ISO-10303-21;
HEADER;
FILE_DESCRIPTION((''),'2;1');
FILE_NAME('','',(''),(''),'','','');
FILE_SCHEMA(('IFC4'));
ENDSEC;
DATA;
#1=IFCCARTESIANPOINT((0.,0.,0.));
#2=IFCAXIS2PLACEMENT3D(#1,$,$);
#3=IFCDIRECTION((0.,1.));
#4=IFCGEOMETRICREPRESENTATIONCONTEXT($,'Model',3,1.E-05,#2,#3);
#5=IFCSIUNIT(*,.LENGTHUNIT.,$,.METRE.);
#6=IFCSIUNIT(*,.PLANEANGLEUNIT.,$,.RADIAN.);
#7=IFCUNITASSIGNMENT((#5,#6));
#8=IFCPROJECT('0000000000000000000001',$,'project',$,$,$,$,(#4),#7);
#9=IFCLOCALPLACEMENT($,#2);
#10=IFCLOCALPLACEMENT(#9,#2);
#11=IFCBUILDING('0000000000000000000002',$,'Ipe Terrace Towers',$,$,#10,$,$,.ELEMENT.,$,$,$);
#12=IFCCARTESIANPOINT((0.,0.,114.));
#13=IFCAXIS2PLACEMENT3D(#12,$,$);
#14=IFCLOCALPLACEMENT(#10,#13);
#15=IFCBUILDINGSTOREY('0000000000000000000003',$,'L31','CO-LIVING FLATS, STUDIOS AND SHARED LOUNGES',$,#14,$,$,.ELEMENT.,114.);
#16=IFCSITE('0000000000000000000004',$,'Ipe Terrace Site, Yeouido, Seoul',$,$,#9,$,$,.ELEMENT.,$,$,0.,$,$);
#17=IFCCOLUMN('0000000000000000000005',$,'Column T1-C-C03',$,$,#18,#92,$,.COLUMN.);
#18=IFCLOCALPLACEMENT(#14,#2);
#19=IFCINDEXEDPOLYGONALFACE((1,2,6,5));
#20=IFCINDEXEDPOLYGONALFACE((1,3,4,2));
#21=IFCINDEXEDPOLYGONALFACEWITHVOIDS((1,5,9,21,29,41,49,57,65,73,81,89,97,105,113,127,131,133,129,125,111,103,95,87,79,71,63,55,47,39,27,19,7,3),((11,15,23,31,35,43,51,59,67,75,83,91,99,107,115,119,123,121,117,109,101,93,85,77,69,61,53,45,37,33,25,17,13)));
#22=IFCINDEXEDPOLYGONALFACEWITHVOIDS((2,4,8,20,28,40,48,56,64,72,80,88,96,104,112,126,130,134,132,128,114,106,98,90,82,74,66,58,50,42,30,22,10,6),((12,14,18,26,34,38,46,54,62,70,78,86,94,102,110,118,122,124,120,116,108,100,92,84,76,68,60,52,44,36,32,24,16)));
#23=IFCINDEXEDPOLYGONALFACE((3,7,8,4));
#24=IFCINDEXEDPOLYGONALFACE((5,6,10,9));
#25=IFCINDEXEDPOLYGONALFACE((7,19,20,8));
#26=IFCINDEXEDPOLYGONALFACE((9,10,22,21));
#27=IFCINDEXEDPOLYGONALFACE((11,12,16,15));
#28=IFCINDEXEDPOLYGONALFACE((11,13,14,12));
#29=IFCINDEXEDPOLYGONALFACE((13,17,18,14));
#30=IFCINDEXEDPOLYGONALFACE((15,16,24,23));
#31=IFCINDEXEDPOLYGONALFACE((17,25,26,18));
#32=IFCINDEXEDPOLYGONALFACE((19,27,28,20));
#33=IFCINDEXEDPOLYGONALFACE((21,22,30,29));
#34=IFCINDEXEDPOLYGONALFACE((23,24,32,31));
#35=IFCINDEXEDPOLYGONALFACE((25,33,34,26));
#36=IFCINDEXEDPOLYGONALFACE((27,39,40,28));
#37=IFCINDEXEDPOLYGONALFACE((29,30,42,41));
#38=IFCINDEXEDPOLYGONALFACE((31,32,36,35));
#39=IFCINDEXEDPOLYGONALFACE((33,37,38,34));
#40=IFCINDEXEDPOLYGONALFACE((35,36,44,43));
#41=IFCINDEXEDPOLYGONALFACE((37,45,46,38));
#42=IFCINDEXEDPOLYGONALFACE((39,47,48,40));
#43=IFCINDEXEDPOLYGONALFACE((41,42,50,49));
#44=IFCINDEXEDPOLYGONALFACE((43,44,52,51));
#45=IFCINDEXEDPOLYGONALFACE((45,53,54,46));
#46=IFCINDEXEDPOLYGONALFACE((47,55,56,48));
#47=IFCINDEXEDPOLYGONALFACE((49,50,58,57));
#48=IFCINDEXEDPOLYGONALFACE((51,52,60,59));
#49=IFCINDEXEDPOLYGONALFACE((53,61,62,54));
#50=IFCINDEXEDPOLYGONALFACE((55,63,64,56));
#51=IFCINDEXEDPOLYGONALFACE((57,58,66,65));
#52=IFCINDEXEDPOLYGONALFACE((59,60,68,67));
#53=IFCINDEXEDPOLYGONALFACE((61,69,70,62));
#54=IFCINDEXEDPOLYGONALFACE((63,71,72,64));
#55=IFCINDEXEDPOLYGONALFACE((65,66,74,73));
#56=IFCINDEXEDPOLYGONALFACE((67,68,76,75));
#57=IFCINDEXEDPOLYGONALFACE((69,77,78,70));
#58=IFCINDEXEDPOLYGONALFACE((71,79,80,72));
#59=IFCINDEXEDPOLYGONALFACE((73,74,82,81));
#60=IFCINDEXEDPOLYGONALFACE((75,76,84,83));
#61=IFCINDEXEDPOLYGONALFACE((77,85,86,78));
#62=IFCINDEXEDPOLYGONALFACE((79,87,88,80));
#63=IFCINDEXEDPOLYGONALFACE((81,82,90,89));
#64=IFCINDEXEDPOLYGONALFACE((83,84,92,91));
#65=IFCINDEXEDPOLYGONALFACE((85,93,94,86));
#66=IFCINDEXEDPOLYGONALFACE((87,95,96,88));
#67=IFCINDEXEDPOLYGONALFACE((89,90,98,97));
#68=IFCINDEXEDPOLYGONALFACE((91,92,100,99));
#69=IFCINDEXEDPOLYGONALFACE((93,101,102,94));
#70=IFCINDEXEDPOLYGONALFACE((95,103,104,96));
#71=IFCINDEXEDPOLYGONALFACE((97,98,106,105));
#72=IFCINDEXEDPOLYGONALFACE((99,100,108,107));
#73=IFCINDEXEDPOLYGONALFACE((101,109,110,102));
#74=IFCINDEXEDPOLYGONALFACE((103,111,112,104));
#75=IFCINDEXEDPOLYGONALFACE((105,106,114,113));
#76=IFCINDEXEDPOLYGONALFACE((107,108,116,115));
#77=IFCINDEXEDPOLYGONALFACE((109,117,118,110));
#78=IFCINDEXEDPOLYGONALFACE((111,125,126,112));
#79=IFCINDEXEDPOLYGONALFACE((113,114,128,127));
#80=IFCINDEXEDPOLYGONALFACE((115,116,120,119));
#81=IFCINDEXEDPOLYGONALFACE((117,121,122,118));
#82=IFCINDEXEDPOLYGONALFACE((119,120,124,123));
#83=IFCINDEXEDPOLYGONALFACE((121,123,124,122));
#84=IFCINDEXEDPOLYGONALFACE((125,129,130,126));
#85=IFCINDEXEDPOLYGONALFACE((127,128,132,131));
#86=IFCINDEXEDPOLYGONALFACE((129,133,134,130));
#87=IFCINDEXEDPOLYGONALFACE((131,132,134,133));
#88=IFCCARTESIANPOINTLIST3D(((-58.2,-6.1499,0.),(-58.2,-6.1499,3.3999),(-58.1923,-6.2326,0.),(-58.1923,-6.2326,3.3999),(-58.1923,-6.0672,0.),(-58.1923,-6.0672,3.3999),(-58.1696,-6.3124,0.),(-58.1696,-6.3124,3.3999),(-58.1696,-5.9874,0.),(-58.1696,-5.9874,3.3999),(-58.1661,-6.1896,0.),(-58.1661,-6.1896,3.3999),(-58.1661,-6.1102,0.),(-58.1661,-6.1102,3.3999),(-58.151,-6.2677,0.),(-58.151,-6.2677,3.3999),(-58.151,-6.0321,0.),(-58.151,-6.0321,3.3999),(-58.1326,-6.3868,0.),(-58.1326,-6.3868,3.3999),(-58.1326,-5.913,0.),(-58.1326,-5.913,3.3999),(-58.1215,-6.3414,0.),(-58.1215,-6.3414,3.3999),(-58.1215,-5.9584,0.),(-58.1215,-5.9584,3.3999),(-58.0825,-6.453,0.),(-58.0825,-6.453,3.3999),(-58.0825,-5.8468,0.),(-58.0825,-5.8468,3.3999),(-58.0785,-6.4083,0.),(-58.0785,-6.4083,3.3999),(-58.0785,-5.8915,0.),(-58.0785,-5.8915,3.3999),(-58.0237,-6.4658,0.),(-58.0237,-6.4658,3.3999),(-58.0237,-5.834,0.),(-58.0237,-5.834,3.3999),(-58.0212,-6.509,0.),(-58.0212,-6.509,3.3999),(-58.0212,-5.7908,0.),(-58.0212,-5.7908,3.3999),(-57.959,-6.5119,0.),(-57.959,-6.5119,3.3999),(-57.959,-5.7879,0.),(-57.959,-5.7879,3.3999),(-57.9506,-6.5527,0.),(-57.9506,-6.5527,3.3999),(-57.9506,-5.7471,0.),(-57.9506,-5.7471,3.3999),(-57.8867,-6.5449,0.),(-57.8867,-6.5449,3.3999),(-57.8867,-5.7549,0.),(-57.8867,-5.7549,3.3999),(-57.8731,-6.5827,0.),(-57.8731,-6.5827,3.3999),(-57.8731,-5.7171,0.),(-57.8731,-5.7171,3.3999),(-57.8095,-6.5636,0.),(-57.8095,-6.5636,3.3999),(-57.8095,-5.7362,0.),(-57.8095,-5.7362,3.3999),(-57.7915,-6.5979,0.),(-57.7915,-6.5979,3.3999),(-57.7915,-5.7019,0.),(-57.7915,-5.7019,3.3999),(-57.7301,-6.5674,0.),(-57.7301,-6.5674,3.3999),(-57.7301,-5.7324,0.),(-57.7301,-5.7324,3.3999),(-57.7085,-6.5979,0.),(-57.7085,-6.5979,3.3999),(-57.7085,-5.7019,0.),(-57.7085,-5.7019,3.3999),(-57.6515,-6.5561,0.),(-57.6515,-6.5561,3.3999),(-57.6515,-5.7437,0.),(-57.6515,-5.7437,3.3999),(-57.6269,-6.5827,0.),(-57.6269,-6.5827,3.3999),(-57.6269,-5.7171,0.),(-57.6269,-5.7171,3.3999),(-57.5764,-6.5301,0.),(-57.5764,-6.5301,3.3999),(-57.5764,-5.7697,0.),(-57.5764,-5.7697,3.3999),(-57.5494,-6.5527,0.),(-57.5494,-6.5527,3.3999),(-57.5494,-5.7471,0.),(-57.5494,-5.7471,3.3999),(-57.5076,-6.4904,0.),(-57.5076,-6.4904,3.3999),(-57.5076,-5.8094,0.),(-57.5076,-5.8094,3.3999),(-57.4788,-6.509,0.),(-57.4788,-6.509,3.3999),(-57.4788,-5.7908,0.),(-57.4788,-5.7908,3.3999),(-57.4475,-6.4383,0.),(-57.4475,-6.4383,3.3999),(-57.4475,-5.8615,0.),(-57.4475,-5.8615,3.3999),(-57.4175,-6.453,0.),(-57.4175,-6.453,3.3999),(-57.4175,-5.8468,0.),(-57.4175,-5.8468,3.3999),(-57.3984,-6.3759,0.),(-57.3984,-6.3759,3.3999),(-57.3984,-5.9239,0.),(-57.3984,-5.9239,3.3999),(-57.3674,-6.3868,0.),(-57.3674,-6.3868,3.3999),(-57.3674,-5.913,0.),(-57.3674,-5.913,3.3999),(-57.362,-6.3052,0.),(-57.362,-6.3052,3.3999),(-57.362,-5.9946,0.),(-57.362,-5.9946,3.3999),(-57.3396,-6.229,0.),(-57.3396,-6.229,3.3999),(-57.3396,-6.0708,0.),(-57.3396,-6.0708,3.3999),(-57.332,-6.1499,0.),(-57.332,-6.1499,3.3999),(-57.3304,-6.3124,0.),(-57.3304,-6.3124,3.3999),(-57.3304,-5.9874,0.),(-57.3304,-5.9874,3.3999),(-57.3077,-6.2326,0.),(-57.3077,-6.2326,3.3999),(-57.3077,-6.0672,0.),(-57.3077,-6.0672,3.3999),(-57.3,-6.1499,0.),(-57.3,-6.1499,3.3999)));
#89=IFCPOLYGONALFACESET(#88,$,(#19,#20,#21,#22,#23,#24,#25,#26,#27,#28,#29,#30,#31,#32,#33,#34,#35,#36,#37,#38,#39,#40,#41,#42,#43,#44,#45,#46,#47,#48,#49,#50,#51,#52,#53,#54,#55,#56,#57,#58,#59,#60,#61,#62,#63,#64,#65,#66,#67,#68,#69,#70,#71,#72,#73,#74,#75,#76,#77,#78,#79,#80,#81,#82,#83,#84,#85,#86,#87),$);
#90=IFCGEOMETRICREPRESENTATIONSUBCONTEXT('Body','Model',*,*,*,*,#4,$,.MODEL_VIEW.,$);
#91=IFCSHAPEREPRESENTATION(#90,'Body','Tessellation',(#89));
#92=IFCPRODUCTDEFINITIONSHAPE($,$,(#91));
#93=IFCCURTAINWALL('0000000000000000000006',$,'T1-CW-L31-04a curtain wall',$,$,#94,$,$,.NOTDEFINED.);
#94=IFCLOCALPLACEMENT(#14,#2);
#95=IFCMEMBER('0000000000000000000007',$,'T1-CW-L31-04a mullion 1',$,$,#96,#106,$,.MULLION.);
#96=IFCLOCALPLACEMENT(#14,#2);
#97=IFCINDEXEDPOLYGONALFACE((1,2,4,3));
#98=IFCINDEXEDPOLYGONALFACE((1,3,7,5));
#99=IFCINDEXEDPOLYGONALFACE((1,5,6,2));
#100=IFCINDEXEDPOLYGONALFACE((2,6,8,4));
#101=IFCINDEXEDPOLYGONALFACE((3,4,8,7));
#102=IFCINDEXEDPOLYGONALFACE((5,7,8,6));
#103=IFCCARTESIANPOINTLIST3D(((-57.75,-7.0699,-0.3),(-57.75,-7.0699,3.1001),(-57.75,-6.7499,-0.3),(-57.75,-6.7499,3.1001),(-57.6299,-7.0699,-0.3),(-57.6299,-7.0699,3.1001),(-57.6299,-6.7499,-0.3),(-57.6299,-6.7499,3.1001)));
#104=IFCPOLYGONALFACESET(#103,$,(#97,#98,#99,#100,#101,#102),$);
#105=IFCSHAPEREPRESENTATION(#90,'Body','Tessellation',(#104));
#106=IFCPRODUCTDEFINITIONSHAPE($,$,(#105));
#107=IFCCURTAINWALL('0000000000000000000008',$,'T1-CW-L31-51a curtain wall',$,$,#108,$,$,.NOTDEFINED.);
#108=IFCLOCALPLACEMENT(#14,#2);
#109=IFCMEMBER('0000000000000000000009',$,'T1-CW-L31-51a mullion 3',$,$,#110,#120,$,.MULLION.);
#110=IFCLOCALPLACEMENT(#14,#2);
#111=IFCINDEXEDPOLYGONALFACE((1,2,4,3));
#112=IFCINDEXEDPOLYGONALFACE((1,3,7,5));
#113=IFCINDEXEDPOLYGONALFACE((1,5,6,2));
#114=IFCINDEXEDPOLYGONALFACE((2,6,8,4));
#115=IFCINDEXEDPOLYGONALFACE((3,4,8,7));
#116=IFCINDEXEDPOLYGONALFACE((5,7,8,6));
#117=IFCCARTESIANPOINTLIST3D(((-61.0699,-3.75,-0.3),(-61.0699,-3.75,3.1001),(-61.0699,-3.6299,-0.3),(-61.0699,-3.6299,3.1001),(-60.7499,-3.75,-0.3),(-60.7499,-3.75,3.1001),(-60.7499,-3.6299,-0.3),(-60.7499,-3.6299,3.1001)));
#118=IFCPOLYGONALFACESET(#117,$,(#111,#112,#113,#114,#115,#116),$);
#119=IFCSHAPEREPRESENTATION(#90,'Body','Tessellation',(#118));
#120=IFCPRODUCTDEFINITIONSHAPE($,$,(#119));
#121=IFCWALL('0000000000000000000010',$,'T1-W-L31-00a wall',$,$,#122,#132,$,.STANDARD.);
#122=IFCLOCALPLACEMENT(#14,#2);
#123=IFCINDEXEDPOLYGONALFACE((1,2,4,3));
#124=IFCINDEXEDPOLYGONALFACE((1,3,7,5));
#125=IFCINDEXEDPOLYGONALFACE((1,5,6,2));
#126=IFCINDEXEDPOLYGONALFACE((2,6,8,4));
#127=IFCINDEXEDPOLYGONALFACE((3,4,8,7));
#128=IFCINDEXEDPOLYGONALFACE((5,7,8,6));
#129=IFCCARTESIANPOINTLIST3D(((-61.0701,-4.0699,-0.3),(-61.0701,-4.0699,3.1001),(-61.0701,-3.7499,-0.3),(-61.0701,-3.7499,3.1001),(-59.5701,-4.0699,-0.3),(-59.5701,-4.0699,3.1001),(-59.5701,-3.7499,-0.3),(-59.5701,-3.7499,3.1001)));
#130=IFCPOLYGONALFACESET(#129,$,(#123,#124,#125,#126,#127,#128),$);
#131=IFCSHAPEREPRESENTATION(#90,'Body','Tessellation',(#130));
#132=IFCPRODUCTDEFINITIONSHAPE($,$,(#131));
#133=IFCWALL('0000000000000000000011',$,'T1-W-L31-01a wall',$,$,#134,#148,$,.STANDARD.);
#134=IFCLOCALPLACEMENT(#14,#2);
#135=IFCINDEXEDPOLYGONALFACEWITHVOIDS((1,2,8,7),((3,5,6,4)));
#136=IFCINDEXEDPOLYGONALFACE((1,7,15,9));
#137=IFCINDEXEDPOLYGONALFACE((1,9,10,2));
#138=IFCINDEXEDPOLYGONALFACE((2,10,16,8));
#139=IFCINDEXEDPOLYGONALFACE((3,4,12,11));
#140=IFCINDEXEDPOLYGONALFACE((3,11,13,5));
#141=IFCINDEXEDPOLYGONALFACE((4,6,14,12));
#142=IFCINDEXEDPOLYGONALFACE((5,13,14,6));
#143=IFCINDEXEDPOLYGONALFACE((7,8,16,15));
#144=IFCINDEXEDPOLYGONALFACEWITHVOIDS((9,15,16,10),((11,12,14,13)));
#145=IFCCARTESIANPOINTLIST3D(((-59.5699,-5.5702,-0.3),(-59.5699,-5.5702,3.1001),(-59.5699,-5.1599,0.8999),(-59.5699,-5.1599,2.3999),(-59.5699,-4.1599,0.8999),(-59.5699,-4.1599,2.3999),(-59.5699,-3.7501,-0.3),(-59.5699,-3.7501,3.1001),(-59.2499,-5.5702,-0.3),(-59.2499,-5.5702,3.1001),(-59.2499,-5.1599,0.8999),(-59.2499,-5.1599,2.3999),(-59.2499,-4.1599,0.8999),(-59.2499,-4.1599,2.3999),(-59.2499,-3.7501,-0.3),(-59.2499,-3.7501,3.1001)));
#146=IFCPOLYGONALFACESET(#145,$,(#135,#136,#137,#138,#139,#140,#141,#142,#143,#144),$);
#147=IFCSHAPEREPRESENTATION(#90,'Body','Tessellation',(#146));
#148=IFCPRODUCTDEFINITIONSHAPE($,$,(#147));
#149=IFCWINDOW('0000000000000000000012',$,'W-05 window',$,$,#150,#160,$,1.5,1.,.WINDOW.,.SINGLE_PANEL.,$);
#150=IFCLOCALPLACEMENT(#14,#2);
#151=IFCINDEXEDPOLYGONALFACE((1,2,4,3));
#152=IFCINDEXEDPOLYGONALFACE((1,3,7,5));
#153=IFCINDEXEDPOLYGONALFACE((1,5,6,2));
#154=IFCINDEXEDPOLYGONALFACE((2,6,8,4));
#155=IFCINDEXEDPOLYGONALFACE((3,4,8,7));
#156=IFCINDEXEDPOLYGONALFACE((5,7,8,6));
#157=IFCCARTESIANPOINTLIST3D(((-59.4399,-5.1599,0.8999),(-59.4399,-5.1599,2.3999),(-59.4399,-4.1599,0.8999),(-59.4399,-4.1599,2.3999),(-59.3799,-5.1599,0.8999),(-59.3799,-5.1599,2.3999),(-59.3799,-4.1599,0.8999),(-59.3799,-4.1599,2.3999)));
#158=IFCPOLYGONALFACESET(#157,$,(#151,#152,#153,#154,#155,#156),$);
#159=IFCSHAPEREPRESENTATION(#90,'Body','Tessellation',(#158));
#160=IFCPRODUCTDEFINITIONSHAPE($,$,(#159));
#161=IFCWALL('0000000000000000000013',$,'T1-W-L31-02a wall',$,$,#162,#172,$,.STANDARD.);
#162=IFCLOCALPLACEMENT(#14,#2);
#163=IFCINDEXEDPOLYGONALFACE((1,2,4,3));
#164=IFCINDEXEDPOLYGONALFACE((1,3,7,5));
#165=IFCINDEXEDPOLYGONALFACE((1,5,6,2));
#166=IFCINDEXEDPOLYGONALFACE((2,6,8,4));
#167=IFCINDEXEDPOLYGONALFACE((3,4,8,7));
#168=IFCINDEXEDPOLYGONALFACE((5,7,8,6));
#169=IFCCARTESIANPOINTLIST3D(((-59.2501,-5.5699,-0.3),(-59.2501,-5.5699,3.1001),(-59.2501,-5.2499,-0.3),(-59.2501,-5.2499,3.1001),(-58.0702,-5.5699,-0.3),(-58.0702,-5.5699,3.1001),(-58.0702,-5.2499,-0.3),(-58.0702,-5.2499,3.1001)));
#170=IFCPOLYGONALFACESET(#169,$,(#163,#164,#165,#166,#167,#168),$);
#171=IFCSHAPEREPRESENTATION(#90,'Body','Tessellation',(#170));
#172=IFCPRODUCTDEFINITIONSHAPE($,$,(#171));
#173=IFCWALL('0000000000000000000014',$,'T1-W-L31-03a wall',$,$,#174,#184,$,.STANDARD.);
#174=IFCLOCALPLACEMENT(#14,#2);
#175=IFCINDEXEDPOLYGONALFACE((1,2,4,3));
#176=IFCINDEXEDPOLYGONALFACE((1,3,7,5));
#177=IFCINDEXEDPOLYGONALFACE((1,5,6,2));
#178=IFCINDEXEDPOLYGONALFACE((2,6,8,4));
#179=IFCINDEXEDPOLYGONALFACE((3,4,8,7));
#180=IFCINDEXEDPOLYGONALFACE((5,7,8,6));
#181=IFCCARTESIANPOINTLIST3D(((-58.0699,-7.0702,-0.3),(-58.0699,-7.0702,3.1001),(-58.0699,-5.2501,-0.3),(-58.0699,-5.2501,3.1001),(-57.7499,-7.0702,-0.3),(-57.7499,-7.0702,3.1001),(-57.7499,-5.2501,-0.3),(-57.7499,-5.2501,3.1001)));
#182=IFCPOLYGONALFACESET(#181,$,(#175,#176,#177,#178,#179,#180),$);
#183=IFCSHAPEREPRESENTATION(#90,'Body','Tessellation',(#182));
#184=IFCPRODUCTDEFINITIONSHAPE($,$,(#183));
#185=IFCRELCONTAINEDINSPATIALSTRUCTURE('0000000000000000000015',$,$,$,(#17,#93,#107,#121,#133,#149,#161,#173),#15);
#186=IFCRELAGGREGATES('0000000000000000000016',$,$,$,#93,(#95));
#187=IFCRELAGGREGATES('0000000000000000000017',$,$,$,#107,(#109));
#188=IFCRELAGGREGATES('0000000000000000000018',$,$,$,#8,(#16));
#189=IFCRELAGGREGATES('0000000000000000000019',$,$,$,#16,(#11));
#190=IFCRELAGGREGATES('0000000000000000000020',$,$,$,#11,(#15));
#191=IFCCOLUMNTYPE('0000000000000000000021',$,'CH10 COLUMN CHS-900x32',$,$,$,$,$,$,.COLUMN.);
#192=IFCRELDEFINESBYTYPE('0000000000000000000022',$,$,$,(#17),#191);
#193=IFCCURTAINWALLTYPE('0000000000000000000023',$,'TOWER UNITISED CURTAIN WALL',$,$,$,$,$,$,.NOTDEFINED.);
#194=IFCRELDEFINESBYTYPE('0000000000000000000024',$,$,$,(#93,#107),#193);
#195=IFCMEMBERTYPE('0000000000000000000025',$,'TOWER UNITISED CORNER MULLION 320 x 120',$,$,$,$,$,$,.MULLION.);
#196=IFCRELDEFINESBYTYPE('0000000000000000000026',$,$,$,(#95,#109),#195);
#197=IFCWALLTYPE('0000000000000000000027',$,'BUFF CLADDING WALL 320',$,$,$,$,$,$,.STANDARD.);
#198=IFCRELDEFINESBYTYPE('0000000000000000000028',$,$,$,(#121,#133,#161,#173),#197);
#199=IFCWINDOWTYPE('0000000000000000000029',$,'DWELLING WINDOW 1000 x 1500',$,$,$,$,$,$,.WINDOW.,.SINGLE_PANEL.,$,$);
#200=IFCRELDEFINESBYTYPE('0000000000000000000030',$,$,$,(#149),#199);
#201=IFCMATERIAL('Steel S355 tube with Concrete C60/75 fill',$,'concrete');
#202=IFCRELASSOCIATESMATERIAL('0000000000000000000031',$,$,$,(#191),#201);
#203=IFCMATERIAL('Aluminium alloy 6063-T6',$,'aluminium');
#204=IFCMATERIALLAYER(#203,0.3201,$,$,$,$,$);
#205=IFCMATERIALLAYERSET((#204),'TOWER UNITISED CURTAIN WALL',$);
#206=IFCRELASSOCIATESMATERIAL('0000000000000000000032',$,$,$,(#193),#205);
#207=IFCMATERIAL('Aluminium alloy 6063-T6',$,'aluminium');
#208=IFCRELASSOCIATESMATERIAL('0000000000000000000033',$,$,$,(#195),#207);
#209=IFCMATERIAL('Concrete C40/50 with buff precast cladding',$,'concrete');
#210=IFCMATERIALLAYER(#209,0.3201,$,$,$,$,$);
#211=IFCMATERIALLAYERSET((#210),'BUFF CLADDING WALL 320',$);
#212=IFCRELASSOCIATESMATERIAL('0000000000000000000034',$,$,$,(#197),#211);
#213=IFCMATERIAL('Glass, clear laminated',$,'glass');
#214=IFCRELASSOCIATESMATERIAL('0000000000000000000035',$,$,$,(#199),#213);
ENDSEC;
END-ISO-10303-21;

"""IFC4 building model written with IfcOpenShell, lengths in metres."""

from ifc_helpers import new_model, si_unit, direction, frame, frame_2d, origin, origin_2d, place, context, subcontext, project, spatial, rectangle, hollow_circle, extrude, material, layer, layer_set, material_profile, profile_set, type_object, element, fill, aggregate, save


model = new_model("IFC4")

# Units and contexts
model_context = context("Model", 3, precision=1e-05, world=origin(), true_north=direction((0.0, 1.0)))
body_context = subcontext(model_context, "Body", "Model", "MODEL_VIEW")
ifc_project = project(units=[si_unit("LENGTHUNIT", "METRE"), si_unit("PLANEANGLEUNIT", "RADIAN")], contexts=[model_context])

# Site, building, storey
site_placement = place(None, origin())
site = spatial("IfcSite", under=ifc_project, at=site_placement, Name="Ipe Terrace Site, Yeouido, Seoul", CompositionType="ELEMENT", RefElevation=0.0)
building_placement = place(site_placement, origin())
building = spatial("IfcBuilding", under=site, at=building_placement, Name="Ipe Terrace Towers", CompositionType="ELEMENT")
storey_placement = place(building_placement, frame((0.0, 0.0, 114.0)))
storey = spatial("IfcBuildingStorey", under=building, at=storey_placement, Name="L31", Description="CO-LIVING FLATS, STUDIOS AND SHARED LOUNGES", CompositionType="ELEMENT", Elevation=114.0)

# Column
ifc_material_1 = material(Name="Steel S355 tube with Concrete C60/75 fill", Category="concrete")
ifc_material_profile_1 = material_profile(ifc_material_1, hollow_circle(Radius=0.45, WallThickness=0.032, at=origin_2d()), Name="CHS-900x32")
ifc_profile_set_1 = profile_set([ifc_material_profile_1], Name="Steel S355 tube with Concrete C60/75 fill")
column_type = type_object("IfcColumnType", Name="CH10 COLUMN CHS-900x32", PredefinedType="COLUMN", material=ifc_profile_set_1)
column_placement = place(storey_placement, frame((-57.75, -6.1499, 0.0), z_axis=(0.0, 0.0, 1.0), x_axis=(1.0, 0.0, 0.0)))
element("IfcColumn", 1, at=column_placement, inside=storey, type_object=column_type, Name="Column T1-C-C03", PredefinedType="COLUMN", context=body_context, shape_type="SweptSolid", body=[
    extrude(hollow_circle(Radius=0.45, WallThickness=0.032, at=origin_2d()), origin(), (0.0, 0.0, 1.0), 3.3999),
])

# Curtain walls, members
ifc_material_2 = material(Name="Aluminium alloy 6063-T6", Category="aluminium")
ifc_layer_1 = layer(ifc_material_2, 0.3201)
ifc_layer_set_1 = layer_set([ifc_layer_1], Name="TOWER UNITISED CURTAIN WALL")
curtain_wall_type = type_object("IfcCurtainWallType", Name="TOWER UNITISED CURTAIN WALL", PredefinedType="NOTDEFINED", material=ifc_layer_set_1)
curtain_wall_1_placement = place(storey_placement, origin())
curtain_wall_1 = element("IfcCurtainWall", 2, at=curtain_wall_1_placement, inside=storey, type_object=curtain_wall_type, Name="T1-CW-L31-04a curtain wall", PredefinedType="NOTDEFINED")
ifc_material_3 = material(Name="Aluminium alloy 6063-T6", Category="aluminium")
ifc_material_profile_2 = material_profile(ifc_material_3, rectangle(XDim=0.3201, YDim=0.1201, at=origin_2d()), Name="TOWER UNITISED CORNER MULLION 320 x 120")
ifc_profile_set_2 = profile_set([ifc_material_profile_2], Name="Aluminium alloy 6063-T6")
member_type = type_object("IfcMemberType", Name="TOWER UNITISED CORNER MULLION 320 x 120", PredefinedType="MULLION", material=ifc_profile_set_2)
member_1_placement = place(storey_placement, frame((-57.6899, -6.9099, -0.3), z_axis=(0.0, 0.0, 1.0), x_axis=(0.0, -1.0, 0.0)))
member_1 = element("IfcMember", 3, at=member_1_placement, type_object=member_type, Name="T1-CW-L31-04a mullion 1", PredefinedType="MULLION", context=body_context, shape_type="SweptSolid", body=[
    extrude(rectangle(XDim=0.3201, YDim=0.1201, at=origin_2d()), origin(), (0.0, 0.0, 1.0), 3.4001),
])
aggregate(curtain_wall_1, [member_1])
curtain_wall_2_placement = place(storey_placement, origin())
curtain_wall_2 = element("IfcCurtainWall", 4, at=curtain_wall_2_placement, inside=storey, type_object=curtain_wall_type, Name="T1-CW-L31-51a curtain wall", PredefinedType="NOTDEFINED")
member_2_placement = place(storey_placement, frame((-60.9099, -3.6899, -0.3), z_axis=(0.0, 0.0, 1.0), x_axis=(-1.0, 0.0, 0.0)))
member_2 = element("IfcMember", 5, at=member_2_placement, type_object=member_type, Name="T1-CW-L31-51a mullion 3", PredefinedType="MULLION", context=body_context, shape_type="SweptSolid", body=[
    extrude(rectangle(XDim=0.3201, YDim=0.1201, at=origin_2d()), origin(), (0.0, 0.0, 1.0), 3.4001),
])
aggregate(curtain_wall_2, [member_2])

# Wall
ifc_material_4 = material(Name="Concrete C40/50 with buff precast cladding", Category="concrete")
ifc_layer_2 = layer(ifc_material_4, 0.3201)
ifc_layer_set_2 = layer_set([ifc_layer_2], Name="BUFF CLADDING WALL 320")
wall_type_1 = type_object("IfcWallType", Name="BUFF CLADDING WALL 320", PredefinedType="STANDARD", material=ifc_layer_set_2)
wall_1_placement = place(storey_placement, frame((-61.0701, -3.9099, -0.3), z_axis=(0.0, 0.0, 1.0), x_axis=(1.0, 0.0, 0.0)))
element("IfcWall", 6, at=wall_1_placement, inside=storey, type_object=wall_type_1, Name="T1-W-L31-00a wall", PredefinedType="STANDARD", context=body_context, shape_type="SweptSolid", body=[
    extrude(rectangle(XDim=1.5, YDim=0.3201, at=frame_2d((0.75, 0.0))), origin(), (0.0, 0.0, 1.0), 3.4001),
])

# Wall, opening, window
wall_2_placement = place(storey_placement, frame((-59.4099, -3.75, -0.3), z_axis=(0.0, 0.0, 1.0), x_axis=(0.0, -1.0, 0.0)))
wall_2 = element("IfcWall", 7, at=wall_2_placement, inside=storey, type_object=wall_type_1, Name="T1-W-L31-01a wall", PredefinedType="STANDARD", context=body_context, shape_type="SweptSolid", body=[
    extrude(rectangle(XDim=1.8201, YDim=0.3201, at=frame_2d((0.9102, 0.0))), origin(), (0.0, 0.0, 1.0), 3.4001),
])
opening_1_placement = place(wall_2_placement, frame((0.4099, 0.0, 1.2)))
opening_1 = element("IfcOpeningElement", 8, at=opening_1_placement, cuts=wall_2, PredefinedType="OPENING", context=body_context, shape_type="SweptSolid", body=[
    extrude(rectangle(XDim=1.0, YDim=1.5, at=frame_2d((0.5, 0.75))), frame((0.0, 0.1699, 0.0), z_axis=(0.0, -1.0, 0.0), x_axis=(1.0, 0.0, 0.0)), (0.0, 0.0, 1.0), 0.3401),
])
ifc_material_5 = material(Name="Glass, clear laminated", Category="glass")
window_type = type_object("IfcWindowType", Name="DWELLING WINDOW 1000 x 1500", PartitioningType="SINGLE_PANEL", PredefinedType="WINDOW", material=ifc_material_5)
window_placement = place(opening_1_placement, origin())
window = element("IfcWindow", 9, at=window_placement, inside=storey, type_object=window_type, Name="W-05 window", OverallHeight=1.5, OverallWidth=1.0, PartitioningType="SINGLE_PANEL", PredefinedType="WINDOW", context=body_context, shape_type="SweptSolid", body=[
    extrude(rectangle(XDim=1.0, YDim=1.5, at=frame_2d((0.5, 0.75))), frame((0.0, 0.03, 0.0), z_axis=(0.0, -1.0, 0.0), x_axis=(1.0, 0.0, 0.0)), (0.0, 0.0, 1.0), 0.0601),
])
fill(opening_1, window)

# Walls
wall_3_placement = place(storey_placement, frame((-59.25, -5.4099, -0.3), z_axis=(0.0, 0.0, 1.0), x_axis=(1.0, 0.0, 0.0)))
element("IfcWall", 10, at=wall_3_placement, inside=storey, type_object=wall_type_1, Name="T1-W-L31-02a wall", PredefinedType="STANDARD", context=body_context, shape_type="SweptSolid", body=[
    extrude(rectangle(XDim=1.1799, YDim=0.3201, at=frame_2d((0.5898, 0.0))), origin(), (0.0, 0.0, 1.0), 3.4001),
])
wall_4_placement = place(storey_placement, frame((-57.9099, -5.25, -0.3), z_axis=(0.0, 0.0, 1.0), x_axis=(0.0, -1.0, 0.0)))
element("IfcWall", 11, at=wall_4_placement, inside=storey, type_object=wall_type_1, Name="T1-W-L31-03a wall", PredefinedType="STANDARD", context=body_context, shape_type="SweptSolid", body=[
    extrude(rectangle(XDim=1.8201, YDim=0.3201, at=frame_2d((0.9102, 0.0))), origin(), (0.0, 0.0, 1.0), 3.4001),
])

save(model, "model.ifc")
